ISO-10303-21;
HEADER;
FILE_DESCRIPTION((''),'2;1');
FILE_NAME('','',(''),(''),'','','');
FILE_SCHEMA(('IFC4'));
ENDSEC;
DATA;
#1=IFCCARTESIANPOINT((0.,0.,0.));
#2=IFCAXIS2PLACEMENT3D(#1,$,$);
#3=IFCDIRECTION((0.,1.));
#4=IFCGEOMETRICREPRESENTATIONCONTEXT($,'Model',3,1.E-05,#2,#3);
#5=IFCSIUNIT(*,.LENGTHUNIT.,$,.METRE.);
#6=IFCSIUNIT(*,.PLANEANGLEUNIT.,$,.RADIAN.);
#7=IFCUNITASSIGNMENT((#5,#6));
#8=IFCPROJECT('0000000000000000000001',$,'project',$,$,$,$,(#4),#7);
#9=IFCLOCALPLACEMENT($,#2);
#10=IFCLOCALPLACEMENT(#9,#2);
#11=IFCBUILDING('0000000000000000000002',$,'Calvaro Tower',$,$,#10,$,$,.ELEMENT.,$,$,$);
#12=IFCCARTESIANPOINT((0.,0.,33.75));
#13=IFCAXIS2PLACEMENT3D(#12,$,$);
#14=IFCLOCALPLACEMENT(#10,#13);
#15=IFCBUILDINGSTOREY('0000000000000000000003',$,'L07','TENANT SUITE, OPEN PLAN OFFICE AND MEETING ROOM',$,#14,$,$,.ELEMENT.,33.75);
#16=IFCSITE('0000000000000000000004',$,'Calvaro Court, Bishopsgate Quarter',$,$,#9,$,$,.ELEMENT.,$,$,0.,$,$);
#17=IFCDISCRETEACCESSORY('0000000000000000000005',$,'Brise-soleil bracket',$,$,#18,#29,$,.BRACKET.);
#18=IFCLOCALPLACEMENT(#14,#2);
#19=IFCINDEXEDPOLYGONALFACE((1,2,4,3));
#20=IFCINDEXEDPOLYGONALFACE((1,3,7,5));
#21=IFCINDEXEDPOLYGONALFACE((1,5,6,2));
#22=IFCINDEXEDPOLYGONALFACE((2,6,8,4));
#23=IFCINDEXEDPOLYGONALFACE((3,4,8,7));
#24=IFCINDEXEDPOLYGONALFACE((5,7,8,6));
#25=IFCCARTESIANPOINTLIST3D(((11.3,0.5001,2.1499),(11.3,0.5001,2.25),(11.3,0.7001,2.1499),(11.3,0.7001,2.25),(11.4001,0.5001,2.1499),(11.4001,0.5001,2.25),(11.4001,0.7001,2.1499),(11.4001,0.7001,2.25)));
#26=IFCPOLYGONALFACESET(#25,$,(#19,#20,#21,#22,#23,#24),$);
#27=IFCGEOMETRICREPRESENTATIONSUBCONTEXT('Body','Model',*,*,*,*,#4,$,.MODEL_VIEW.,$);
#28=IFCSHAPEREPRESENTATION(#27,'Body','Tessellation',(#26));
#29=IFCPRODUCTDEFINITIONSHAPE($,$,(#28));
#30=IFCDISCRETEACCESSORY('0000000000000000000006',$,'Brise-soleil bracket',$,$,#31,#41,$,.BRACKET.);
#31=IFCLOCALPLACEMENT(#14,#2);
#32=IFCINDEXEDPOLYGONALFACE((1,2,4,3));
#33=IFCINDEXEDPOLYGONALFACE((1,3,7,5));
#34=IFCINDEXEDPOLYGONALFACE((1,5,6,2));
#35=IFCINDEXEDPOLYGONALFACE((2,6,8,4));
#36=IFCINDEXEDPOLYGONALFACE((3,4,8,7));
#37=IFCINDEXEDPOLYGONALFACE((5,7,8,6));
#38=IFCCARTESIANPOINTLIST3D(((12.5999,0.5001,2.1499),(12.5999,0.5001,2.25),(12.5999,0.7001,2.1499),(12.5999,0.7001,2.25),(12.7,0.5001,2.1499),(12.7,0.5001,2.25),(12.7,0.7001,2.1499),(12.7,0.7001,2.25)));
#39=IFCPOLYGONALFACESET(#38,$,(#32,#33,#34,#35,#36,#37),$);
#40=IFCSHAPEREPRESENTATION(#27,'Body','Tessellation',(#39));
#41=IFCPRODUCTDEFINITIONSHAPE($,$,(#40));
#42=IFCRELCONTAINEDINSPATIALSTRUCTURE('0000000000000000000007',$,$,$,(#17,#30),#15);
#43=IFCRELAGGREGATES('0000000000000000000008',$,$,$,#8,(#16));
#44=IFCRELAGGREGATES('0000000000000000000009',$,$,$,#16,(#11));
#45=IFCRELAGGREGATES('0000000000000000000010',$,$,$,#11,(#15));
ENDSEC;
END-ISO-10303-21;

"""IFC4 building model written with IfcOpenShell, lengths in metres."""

from ifc_helpers import new_model, si_unit, direction, frame, origin, origin_2d, place, context, subcontext, project, spatial, rectangle, extrude, element, save


model = new_model("IFC4")

# Units and contexts
model_context = context("Model", 3, precision=1e-05, world=origin(), true_north=direction((0.0, 1.0)))
body_context = subcontext(model_context, "Body", "Model", "MODEL_VIEW")
ifc_project = project(units=[si_unit("LENGTHUNIT", "METRE"), si_unit("PLANEANGLEUNIT", "RADIAN")], contexts=[model_context])

# Site, building, storey
site_placement = place(None, origin())
site = spatial("IfcSite", under=ifc_project, at=site_placement, Name="Calvaro Court, Bishopsgate Quarter", CompositionType="ELEMENT", RefElevation=0.0)
building_placement = place(site_placement, origin())
building = spatial("IfcBuilding", under=site, at=building_placement, Name="Calvaro Tower", CompositionType="ELEMENT")
storey_placement = place(building_placement, frame((0.0, 0.0, 33.75)))
storey = spatial("IfcBuildingStorey", under=building, at=storey_placement, Name="L07", Description="TENANT SUITE, OPEN PLAN OFFICE AND MEETING ROOM", CompositionType="ELEMENT", Elevation=33.75)

# Discrete accessories
for number, where, z_axis, x_axis, name in (
    (1, (11.3501, 0.6001, 2.1499), (0.0, 0.0, 1.0), (1.0, 0.0, 0.0), "Brise-soleil bracket"),
    (2, (12.6499, 0.6001, 2.1499), (0.0, 0.0, 1.0), (1.0, 0.0, 0.0), "Brise-soleil bracket"),
):
    element("IfcDiscreteAccessory", number, at=place(storey_placement, frame(where, z_axis=z_axis, x_axis=x_axis)), inside=storey, Name=name, PredefinedType="BRACKET", context=body_context, shape_type="SweptSolid", body=[
        extrude(rectangle(XDim=0.1001, YDim=0.2, at=origin_2d()), origin(), (0.0, 0.0, 1.0), 0.1001),
    ])

save(model, "model.ifc")
